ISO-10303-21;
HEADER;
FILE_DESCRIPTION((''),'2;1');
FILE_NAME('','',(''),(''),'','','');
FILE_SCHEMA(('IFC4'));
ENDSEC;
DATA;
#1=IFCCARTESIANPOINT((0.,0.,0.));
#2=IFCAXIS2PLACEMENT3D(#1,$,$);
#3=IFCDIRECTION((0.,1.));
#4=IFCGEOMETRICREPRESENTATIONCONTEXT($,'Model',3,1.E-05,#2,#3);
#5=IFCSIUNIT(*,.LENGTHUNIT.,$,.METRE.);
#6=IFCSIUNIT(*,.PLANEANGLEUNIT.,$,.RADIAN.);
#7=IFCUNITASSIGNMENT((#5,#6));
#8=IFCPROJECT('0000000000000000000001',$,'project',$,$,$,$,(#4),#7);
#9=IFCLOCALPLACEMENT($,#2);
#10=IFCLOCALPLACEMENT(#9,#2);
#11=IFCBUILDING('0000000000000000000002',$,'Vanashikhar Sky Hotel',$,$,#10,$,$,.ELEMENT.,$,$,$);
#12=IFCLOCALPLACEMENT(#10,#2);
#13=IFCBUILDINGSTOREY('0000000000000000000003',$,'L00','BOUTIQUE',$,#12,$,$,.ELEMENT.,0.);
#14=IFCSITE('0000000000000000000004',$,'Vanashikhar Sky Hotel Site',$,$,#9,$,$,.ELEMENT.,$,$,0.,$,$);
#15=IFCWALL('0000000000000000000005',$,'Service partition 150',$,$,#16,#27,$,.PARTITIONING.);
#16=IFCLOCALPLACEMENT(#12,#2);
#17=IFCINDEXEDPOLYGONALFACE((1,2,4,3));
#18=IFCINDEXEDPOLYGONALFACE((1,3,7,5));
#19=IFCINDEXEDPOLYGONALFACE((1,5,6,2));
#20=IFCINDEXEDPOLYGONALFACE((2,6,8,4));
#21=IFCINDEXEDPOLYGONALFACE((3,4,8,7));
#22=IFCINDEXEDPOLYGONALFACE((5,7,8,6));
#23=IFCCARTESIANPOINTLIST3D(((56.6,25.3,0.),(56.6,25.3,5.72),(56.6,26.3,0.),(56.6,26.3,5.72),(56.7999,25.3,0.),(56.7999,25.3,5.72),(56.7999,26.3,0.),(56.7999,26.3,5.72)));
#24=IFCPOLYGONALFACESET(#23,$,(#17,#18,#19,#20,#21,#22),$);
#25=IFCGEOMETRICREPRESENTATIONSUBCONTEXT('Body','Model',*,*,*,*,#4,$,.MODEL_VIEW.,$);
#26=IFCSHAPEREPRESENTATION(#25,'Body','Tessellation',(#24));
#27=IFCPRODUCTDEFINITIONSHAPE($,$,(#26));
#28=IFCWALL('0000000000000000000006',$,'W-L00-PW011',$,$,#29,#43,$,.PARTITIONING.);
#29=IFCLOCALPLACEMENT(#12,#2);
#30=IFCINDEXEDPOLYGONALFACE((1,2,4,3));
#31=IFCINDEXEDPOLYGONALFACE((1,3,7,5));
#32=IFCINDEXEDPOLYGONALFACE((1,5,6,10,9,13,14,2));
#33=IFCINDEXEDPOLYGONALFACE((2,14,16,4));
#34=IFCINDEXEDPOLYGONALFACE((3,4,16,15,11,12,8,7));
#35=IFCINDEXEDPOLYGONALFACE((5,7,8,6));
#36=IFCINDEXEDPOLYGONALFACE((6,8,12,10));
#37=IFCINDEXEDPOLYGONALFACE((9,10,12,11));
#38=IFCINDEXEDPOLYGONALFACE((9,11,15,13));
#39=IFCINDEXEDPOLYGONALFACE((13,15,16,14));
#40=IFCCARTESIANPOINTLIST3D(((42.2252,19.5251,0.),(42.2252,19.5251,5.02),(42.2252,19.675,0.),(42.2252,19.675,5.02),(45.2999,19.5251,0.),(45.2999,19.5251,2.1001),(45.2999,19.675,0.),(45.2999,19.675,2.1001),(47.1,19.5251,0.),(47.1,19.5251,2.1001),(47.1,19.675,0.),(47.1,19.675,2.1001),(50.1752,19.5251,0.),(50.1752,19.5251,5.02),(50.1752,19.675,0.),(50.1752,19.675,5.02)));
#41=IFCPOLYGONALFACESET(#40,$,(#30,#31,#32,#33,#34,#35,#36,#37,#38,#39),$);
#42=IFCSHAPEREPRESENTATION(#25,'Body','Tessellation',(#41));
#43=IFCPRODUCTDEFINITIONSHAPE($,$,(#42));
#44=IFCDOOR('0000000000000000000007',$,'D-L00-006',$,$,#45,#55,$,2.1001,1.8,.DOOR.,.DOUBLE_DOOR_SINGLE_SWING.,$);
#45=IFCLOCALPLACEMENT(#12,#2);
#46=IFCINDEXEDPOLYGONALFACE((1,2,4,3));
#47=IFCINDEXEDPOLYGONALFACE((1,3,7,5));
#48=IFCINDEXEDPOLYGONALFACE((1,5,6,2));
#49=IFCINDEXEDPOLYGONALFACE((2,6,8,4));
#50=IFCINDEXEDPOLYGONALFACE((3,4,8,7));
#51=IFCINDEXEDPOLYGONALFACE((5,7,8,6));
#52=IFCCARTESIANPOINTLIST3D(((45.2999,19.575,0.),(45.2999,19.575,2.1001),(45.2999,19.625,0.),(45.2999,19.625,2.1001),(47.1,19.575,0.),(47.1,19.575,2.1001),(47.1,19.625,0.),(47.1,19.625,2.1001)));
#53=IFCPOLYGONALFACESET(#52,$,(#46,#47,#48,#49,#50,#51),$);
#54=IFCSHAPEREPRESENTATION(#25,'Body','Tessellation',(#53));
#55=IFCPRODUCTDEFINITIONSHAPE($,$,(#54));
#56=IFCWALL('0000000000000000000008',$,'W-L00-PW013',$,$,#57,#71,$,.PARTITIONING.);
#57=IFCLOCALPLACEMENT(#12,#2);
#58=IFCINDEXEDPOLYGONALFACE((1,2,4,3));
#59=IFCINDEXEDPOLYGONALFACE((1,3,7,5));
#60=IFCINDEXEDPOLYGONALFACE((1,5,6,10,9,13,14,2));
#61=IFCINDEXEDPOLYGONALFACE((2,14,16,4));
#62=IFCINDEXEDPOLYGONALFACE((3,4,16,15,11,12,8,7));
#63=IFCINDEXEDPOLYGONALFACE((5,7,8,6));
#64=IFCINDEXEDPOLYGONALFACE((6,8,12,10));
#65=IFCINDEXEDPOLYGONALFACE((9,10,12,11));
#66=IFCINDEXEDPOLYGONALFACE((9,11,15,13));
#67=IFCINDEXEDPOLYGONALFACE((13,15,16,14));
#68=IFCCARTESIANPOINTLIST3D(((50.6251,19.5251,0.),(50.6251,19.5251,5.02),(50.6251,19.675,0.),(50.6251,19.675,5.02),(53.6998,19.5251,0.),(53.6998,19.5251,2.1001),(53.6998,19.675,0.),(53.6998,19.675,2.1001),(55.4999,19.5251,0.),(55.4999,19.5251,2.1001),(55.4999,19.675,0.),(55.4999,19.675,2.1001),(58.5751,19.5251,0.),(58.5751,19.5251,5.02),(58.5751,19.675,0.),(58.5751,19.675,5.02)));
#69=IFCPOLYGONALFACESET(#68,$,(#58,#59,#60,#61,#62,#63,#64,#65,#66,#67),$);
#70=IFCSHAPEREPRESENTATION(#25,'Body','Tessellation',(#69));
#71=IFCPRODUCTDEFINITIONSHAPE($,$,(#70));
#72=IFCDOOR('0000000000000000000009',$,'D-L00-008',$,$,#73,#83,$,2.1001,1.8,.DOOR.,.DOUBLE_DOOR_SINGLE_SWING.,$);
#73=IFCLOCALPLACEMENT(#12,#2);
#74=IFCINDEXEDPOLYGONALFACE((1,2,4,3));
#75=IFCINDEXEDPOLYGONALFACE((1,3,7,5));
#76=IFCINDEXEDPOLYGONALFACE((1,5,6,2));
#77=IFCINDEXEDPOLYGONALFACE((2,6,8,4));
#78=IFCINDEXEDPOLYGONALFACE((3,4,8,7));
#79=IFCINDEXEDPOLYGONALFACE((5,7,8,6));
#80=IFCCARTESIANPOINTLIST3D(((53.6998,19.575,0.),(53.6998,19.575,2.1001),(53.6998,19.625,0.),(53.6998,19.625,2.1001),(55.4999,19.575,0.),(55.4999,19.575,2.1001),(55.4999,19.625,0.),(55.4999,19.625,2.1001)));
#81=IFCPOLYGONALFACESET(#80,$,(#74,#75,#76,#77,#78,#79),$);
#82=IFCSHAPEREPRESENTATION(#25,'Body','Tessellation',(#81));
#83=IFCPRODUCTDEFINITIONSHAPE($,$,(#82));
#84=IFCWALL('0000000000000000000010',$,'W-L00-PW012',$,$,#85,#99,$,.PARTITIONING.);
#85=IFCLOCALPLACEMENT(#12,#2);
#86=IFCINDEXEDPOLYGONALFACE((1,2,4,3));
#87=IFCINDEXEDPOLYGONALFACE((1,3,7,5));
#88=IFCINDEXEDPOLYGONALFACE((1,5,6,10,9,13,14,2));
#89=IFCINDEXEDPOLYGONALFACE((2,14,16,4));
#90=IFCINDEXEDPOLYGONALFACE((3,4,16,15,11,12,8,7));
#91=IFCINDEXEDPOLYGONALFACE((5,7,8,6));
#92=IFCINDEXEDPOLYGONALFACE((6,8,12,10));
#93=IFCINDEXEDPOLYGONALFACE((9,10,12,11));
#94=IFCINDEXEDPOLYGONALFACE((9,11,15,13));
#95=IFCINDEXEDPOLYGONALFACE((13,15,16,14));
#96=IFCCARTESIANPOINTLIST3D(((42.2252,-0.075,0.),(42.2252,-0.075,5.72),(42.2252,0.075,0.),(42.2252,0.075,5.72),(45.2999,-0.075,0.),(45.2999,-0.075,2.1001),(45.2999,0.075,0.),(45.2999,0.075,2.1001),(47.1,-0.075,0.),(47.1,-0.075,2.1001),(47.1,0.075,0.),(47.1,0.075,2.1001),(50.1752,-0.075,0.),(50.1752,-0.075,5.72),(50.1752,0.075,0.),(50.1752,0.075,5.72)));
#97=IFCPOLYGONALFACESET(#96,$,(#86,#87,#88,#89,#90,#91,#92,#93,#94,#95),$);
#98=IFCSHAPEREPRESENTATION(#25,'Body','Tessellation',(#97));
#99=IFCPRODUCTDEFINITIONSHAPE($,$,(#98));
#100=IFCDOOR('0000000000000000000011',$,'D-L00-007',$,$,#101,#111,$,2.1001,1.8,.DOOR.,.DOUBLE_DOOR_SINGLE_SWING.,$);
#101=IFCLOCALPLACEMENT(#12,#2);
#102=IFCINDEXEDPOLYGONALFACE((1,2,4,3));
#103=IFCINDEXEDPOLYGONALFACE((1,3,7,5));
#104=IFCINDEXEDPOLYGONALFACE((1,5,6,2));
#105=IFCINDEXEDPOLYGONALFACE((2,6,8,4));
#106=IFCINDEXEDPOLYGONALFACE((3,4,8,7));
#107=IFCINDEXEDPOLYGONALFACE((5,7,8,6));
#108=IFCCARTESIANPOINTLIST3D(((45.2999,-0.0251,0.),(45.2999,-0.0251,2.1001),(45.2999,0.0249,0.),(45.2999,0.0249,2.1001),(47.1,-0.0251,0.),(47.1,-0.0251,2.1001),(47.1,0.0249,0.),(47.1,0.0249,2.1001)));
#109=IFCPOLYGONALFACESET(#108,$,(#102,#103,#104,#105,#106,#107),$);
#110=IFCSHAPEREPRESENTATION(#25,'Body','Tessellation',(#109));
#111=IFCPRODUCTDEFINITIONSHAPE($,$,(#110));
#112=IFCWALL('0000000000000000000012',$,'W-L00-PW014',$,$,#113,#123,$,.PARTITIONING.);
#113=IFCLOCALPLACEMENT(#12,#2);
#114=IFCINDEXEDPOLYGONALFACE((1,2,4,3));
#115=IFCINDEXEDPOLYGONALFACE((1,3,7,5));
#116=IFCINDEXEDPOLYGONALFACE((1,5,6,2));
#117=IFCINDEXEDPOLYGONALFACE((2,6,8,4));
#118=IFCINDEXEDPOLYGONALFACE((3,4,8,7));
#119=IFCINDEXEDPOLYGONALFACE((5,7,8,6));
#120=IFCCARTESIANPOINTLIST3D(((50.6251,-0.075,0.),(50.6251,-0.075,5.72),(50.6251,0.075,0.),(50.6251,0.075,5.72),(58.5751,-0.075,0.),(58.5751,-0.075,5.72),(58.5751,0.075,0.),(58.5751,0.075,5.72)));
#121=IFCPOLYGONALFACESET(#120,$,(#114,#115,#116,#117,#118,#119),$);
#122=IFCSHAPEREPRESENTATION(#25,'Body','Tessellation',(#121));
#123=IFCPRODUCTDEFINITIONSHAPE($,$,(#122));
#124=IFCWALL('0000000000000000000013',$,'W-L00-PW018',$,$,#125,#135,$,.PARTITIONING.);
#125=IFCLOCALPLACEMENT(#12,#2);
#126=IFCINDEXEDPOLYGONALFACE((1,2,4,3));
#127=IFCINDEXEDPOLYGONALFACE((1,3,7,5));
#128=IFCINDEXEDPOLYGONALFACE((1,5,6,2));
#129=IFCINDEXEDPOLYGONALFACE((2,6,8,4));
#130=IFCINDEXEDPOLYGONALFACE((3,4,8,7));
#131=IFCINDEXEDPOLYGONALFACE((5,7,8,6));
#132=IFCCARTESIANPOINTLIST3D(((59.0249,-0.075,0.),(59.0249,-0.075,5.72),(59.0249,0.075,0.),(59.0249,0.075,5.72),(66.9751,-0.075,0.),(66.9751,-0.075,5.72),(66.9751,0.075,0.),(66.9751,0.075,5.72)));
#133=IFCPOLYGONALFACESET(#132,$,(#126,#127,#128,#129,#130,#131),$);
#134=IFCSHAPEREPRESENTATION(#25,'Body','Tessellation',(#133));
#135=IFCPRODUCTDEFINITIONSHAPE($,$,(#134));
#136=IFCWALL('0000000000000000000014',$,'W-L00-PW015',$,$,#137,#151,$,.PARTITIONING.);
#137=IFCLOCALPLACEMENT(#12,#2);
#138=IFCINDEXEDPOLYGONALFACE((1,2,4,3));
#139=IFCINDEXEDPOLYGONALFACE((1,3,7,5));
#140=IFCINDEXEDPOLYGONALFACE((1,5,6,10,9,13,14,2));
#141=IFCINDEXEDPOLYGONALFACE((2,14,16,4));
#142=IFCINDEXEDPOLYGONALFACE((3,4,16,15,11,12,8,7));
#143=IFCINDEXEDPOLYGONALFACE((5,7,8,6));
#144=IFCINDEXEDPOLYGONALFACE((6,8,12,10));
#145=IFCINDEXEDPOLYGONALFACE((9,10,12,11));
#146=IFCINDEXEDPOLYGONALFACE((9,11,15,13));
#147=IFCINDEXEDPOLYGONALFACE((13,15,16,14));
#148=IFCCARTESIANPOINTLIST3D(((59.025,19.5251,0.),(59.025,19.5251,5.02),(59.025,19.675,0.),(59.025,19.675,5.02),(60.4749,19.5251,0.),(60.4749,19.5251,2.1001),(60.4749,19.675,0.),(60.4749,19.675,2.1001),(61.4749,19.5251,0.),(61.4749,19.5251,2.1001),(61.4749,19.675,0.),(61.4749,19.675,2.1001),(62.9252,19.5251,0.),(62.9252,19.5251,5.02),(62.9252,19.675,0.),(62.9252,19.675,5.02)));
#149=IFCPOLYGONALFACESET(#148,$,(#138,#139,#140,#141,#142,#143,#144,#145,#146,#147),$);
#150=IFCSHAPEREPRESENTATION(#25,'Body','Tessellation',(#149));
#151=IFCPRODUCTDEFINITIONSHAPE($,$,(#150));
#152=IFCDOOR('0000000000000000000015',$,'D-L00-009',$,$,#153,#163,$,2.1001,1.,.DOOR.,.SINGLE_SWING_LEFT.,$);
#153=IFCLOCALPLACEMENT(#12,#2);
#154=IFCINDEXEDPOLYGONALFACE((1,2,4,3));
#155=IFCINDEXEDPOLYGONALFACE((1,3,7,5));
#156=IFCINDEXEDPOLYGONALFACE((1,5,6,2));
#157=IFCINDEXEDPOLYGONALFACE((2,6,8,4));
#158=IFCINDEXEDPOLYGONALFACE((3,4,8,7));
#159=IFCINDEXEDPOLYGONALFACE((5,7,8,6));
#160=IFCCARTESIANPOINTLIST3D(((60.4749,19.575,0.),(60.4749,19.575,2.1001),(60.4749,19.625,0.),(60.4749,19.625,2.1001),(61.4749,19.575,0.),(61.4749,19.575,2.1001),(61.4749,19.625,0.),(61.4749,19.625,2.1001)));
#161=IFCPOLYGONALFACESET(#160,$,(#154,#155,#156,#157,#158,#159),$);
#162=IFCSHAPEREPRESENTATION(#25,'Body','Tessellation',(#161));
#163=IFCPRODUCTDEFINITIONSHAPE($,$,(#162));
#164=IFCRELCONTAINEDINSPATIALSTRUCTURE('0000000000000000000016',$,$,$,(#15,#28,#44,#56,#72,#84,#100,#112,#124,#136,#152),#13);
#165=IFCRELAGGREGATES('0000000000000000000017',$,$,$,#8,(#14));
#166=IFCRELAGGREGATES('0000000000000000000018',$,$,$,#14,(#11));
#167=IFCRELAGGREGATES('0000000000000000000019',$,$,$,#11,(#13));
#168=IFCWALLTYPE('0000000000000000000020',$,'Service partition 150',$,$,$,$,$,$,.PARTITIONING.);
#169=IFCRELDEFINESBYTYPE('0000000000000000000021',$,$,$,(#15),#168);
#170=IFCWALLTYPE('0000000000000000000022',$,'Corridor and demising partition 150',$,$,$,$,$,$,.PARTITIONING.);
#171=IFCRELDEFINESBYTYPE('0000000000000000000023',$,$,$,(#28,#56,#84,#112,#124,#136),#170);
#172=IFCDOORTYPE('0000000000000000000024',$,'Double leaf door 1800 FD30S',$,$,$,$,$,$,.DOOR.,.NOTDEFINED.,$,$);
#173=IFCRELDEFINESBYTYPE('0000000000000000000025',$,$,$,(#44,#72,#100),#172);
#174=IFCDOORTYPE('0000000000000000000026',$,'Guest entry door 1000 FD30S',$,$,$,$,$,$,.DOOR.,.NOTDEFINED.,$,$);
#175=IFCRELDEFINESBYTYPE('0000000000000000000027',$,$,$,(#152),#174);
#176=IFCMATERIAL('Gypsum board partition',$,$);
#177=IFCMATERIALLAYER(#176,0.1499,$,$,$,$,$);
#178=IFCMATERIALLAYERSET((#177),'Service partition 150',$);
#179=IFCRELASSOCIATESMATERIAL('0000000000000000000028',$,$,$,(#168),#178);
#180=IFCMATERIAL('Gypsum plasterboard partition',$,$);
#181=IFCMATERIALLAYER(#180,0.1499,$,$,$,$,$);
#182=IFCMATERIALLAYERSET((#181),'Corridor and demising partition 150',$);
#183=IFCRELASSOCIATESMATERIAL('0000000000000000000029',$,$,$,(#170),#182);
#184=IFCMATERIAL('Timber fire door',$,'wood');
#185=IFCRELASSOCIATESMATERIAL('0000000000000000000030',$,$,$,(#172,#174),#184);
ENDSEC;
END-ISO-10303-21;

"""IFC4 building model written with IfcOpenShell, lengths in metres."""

from ifc_helpers import new_model, si_unit, direction, frame, frame_2d, origin, place, context, subcontext, project, spatial, rectangle, extrude, source, transform, mapped, material, layer, layer_set, type_object, element, fill, save


model = new_model("IFC4")

# Units and contexts
model_context = context("Model", 3, precision=1e-05, world=origin(), true_north=direction((0.0, 1.0)))
body_context = subcontext(model_context, "Body", "Model", "MODEL_VIEW")
ifc_project = project(units=[si_unit("LENGTHUNIT", "METRE"), si_unit("PLANEANGLEUNIT", "RADIAN")], contexts=[model_context])

# Site, building, storey
site_placement = place(None, origin())
site = spatial("IfcSite", under=ifc_project, at=site_placement, Name="Vanashikhar Sky Hotel Site", CompositionType="ELEMENT", RefElevation=0.0)
building_placement = place(site_placement, origin())
building = spatial("IfcBuilding", under=site, at=building_placement, Name="Vanashikhar Sky Hotel", CompositionType="ELEMENT")
storey_placement = place(building_placement, origin())
storey = spatial("IfcBuildingStorey", under=building, at=storey_placement, Name="L00", Description="BOUTIQUE", CompositionType="ELEMENT", Elevation=0.0)

# Wall
ifc_material_1 = material(Name="Gypsum board partition")
ifc_layer_1 = layer(ifc_material_1, 0.1499)
ifc_layer_set_1 = layer_set([ifc_layer_1], Name="Service partition 150")
wall_type_1 = type_object("IfcWallType", Name="Service partition 150", PredefinedType="PARTITIONING", material=ifc_layer_set_1)
shared_shape_1 = source(origin(), body_context, "Body", "SweptSolid", [
    extrude(rectangle(XDim=1.0, YDim=0.2, at=frame_2d((0.5, 0.0))), origin(), (0.0, 0.0, 1.0), 5.72),
])
wall_1_placement = place(storey_placement, frame((56.7, 25.3, 0.0), z_axis=(0.0, 0.0, 1.0), x_axis=(0.0, 1.0, 0.0)))
element("IfcWall", 1, at=wall_1_placement, inside=storey, type_object=wall_type_1, Name="Service partition 150", PredefinedType="PARTITIONING", context=body_context, shape_type="MappedRepresentation", body=[
    mapped(shared_shape_1, transform((0.0, 0.0, 0.0), scale=1.0)),
])

# Walls, openings, doors
ifc_material_2 = material(Name="Gypsum plasterboard partition")
ifc_layer_2 = layer(ifc_material_2, 0.1499)
ifc_layer_set_2 = layer_set([ifc_layer_2], Name="Corridor and demising partition 150")
wall_type_2 = type_object("IfcWallType", Name="Corridor and demising partition 150", PredefinedType="PARTITIONING", material=ifc_layer_set_2)
shared_shape_2 = source(origin(), body_context, "Body", "SweptSolid", [
    extrude(rectangle(XDim=7.95, YDim=0.1499, at=frame_2d((3.9751, 0.0))), origin(), (0.0, 0.0, 1.0), 5.02),
])
wall_2_placement = place(storey_placement, frame((42.2251, 19.6001, 0.0), z_axis=(0.0, 0.0, 1.0), x_axis=(1.0, 0.0, 0.0)))
wall_2 = element("IfcWall", 2, at=wall_2_placement, inside=storey, type_object=wall_type_2, Name="W-L00-PW011", PredefinedType="PARTITIONING", context=body_context, shape_type="MappedRepresentation", body=[
    mapped(shared_shape_2, transform((0.0, 0.0, 0.0), scale=1.0)),
])
shared_shape_3 = source(origin(), body_context, "Body", "SweptSolid", [
    extrude(rectangle(XDim=1.8, YDim=2.1001, at=frame_2d((0.8999, 1.05))), frame((0.0, 0.085, 0.0), z_axis=(0.0, -1.0, 0.0), x_axis=(1.0, 0.0, 0.0)), (0.0, 0.0, 1.0), 0.1699),
])
opening_1_placement = place(wall_2_placement, frame((3.075, 0.0, 0.0)))
opening_1 = element("IfcOpeningElement", 3, at=opening_1_placement, cuts=wall_2, PredefinedType="OPENING", context=body_context, shape_type="MappedRepresentation", body=[
    mapped(shared_shape_3, transform((0.0, 0.0, 0.0), scale=1.0)),
])
ifc_material_3 = material(Name="Timber fire door", Category="wood")
door_type_1 = type_object("IfcDoorType", Name="Double leaf door 1800 FD30S", OperationType="NOTDEFINED", PredefinedType="DOOR", material=ifc_material_3)
shared_shape_4 = source(origin(), body_context, "Body", "SweptSolid", [
    extrude(rectangle(XDim=1.8, YDim=2.1001, at=frame_2d((0.8999, 1.05))), frame((0.0, 0.0249, 0.0), z_axis=(0.0, -1.0, 0.0), x_axis=(1.0, 0.0, 0.0)), (0.0, 0.0, 1.0), 0.05),
])
door_1_placement = place(opening_1_placement, origin())
door_1 = element("IfcDoor", 4, at=door_1_placement, inside=storey, type_object=door_type_1, Name="D-L00-006", OperationType="DOUBLE_DOOR_SINGLE_SWING", OverallHeight=2.1001, OverallWidth=1.8, PredefinedType="DOOR", context=body_context, shape_type="MappedRepresentation", body=[
    mapped(shared_shape_4, transform((0.0, 0.0, 0.0), scale=1.0)),
])
fill(opening_1, door_1)
wall_3_placement = place(storey_placement, frame((50.625, 19.6001, 0.0), z_axis=(0.0, 0.0, 1.0), x_axis=(1.0, 0.0, 0.0)))
wall_3 = element("IfcWall", 5, at=wall_3_placement, inside=storey, type_object=wall_type_2, Name="W-L00-PW013", PredefinedType="PARTITIONING", context=body_context, shape_type="MappedRepresentation", body=[
    mapped(shared_shape_2, transform((0.0, 0.0, 0.0), scale=1.0)),
])
opening_2_placement = place(wall_3_placement, frame((3.075, 0.0, 0.0)))
opening_2 = element("IfcOpeningElement", 6, at=opening_2_placement, cuts=wall_3, PredefinedType="OPENING", context=body_context, shape_type="MappedRepresentation", body=[
    mapped(shared_shape_3, transform((0.0, 0.0, 0.0), scale=1.0)),
])
door_2_placement = place(opening_2_placement, origin())
door_2 = element("IfcDoor", 7, at=door_2_placement, inside=storey, type_object=door_type_1, Name="D-L00-008", OperationType="DOUBLE_DOOR_SINGLE_SWING", OverallHeight=2.1001, OverallWidth=1.8, PredefinedType="DOOR", context=body_context, shape_type="MappedRepresentation", body=[
    mapped(shared_shape_4, transform((0.0, 0.0, 0.0), scale=1.0)),
])
fill(opening_2, door_2)
shared_shape_5 = source(origin(), body_context, "Body", "SweptSolid", [
    extrude(rectangle(XDim=7.95, YDim=0.1499, at=frame_2d((3.9751, 0.0))), origin(), (0.0, 0.0, 1.0), 5.72),
])
wall_4_placement = place(storey_placement, frame((42.2251, 0.0, 0.0), z_axis=(0.0, 0.0, 1.0), x_axis=(1.0, 0.0, 0.0)))
wall_4 = element("IfcWall", 8, at=wall_4_placement, inside=storey, type_object=wall_type_2, Name="W-L00-PW012", PredefinedType="PARTITIONING", context=body_context, shape_type="MappedRepresentation", body=[
    mapped(shared_shape_5, transform((0.0, 0.0, 0.0), scale=1.0)),
])
opening_3_placement = place(wall_4_placement, frame((3.075, 0.0, 0.0)))
opening_3 = element("IfcOpeningElement", 9, at=opening_3_placement, cuts=wall_4, PredefinedType="OPENING", context=body_context, shape_type="MappedRepresentation", body=[
    mapped(shared_shape_3, transform((0.0, 0.0, 0.0), scale=1.0)),
])
door_3_placement = place(opening_3_placement, origin())
door_3 = element("IfcDoor", 10, at=door_3_placement, inside=storey, type_object=door_type_1, Name="D-L00-007", OperationType="DOUBLE_DOOR_SINGLE_SWING", OverallHeight=2.1001, OverallWidth=1.8, PredefinedType="DOOR", context=body_context, shape_type="MappedRepresentation", body=[
    mapped(shared_shape_4, transform((0.0, 0.0, 0.0), scale=1.0)),
])
fill(opening_3, door_3)

# Walls
wall_5_placement = place(storey_placement, frame((50.625, 0.0, 0.0), z_axis=(0.0, 0.0, 1.0), x_axis=(1.0, 0.0, 0.0)))
element("IfcWall", 11, at=wall_5_placement, inside=storey, type_object=wall_type_2, Name="W-L00-PW014", PredefinedType="PARTITIONING", context=body_context, shape_type="MappedRepresentation", body=[
    mapped(shared_shape_5, transform((0.0, 0.0, 0.0), scale=1.0)),
])
shared_shape_6 = source(origin(), body_context, "Body", "SweptSolid", [
    extrude(rectangle(XDim=7.9502, YDim=0.1499, at=frame_2d((3.9751, 0.0))), origin(), (0.0, 0.0, 1.0), 5.72),
])
wall_6_placement = place(storey_placement, frame((59.0249, 0.0, 0.0), z_axis=(0.0, 0.0, 1.0), x_axis=(1.0, 0.0, 0.0)))
element("IfcWall", 12, at=wall_6_placement, inside=storey, type_object=wall_type_2, Name="W-L00-PW018", PredefinedType="PARTITIONING", context=body_context, shape_type="MappedRepresentation", body=[
    mapped(shared_shape_6, transform((0.0, 0.0, 0.0), scale=1.0)),
])

# Wall, opening, door
shared_shape_7 = source(origin(), body_context, "Body", "SweptSolid", [
    extrude(rectangle(XDim=3.9001, YDim=0.1499, at=frame_2d((1.9502, 0.0))), origin(), (0.0, 0.0, 1.0), 5.02),
])
wall_7_placement = place(storey_placement, frame((59.0249, 19.6001, 0.0), z_axis=(0.0, 0.0, 1.0), x_axis=(1.0, 0.0, 0.0)))
wall_7 = element("IfcWall", 13, at=wall_7_placement, inside=storey, type_object=wall_type_2, Name="W-L00-PW015", PredefinedType="PARTITIONING", context=body_context, shape_type="MappedRepresentation", body=[
    mapped(shared_shape_7, transform((0.0, 0.0, 0.0), scale=1.0)),
])
shared_shape_8 = source(origin(), body_context, "Body", "SweptSolid", [
    extrude(rectangle(XDim=1.0, YDim=2.1001, at=frame_2d((0.5, 1.05))), frame((0.0, 0.085, 0.0), z_axis=(0.0, -1.0, 0.0), x_axis=(1.0, 0.0, 0.0)), (0.0, 0.0, 1.0), 0.1699),
])
opening_4_placement = place(wall_7_placement, frame((1.45, 0.0, 0.0)))
opening_4 = element("IfcOpeningElement", 14, at=opening_4_placement, cuts=wall_7, PredefinedType="OPENING", context=body_context, shape_type="MappedRepresentation", body=[
    mapped(shared_shape_8, transform((0.0, 0.0, 0.0), scale=1.0)),
])
door_type_2 = type_object("IfcDoorType", Name="Guest entry door 1000 FD30S", OperationType="NOTDEFINED", PredefinedType="DOOR", material=ifc_material_3)
shared_shape_9 = source(origin(), body_context, "Body", "SweptSolid", [
    extrude(rectangle(XDim=1.0, YDim=2.1001, at=frame_2d((0.5, 1.05))), frame((0.0, 0.0249, 0.0), z_axis=(0.0, -1.0, 0.0), x_axis=(1.0, 0.0, 0.0)), (0.0, 0.0, 1.0), 0.05),
])
door_4_placement = place(opening_4_placement, origin())
door_4 = element("IfcDoor", 15, at=door_4_placement, inside=storey, type_object=door_type_2, Name="D-L00-009", OperationType="SINGLE_SWING_LEFT", OverallHeight=2.1001, OverallWidth=1.0, PredefinedType="DOOR", context=body_context, shape_type="MappedRepresentation", body=[
    mapped(shared_shape_9, transform((0.0, 0.0, 0.0), scale=1.0)),
])
fill(opening_4, door_4)

save(model, "model.ifc")
